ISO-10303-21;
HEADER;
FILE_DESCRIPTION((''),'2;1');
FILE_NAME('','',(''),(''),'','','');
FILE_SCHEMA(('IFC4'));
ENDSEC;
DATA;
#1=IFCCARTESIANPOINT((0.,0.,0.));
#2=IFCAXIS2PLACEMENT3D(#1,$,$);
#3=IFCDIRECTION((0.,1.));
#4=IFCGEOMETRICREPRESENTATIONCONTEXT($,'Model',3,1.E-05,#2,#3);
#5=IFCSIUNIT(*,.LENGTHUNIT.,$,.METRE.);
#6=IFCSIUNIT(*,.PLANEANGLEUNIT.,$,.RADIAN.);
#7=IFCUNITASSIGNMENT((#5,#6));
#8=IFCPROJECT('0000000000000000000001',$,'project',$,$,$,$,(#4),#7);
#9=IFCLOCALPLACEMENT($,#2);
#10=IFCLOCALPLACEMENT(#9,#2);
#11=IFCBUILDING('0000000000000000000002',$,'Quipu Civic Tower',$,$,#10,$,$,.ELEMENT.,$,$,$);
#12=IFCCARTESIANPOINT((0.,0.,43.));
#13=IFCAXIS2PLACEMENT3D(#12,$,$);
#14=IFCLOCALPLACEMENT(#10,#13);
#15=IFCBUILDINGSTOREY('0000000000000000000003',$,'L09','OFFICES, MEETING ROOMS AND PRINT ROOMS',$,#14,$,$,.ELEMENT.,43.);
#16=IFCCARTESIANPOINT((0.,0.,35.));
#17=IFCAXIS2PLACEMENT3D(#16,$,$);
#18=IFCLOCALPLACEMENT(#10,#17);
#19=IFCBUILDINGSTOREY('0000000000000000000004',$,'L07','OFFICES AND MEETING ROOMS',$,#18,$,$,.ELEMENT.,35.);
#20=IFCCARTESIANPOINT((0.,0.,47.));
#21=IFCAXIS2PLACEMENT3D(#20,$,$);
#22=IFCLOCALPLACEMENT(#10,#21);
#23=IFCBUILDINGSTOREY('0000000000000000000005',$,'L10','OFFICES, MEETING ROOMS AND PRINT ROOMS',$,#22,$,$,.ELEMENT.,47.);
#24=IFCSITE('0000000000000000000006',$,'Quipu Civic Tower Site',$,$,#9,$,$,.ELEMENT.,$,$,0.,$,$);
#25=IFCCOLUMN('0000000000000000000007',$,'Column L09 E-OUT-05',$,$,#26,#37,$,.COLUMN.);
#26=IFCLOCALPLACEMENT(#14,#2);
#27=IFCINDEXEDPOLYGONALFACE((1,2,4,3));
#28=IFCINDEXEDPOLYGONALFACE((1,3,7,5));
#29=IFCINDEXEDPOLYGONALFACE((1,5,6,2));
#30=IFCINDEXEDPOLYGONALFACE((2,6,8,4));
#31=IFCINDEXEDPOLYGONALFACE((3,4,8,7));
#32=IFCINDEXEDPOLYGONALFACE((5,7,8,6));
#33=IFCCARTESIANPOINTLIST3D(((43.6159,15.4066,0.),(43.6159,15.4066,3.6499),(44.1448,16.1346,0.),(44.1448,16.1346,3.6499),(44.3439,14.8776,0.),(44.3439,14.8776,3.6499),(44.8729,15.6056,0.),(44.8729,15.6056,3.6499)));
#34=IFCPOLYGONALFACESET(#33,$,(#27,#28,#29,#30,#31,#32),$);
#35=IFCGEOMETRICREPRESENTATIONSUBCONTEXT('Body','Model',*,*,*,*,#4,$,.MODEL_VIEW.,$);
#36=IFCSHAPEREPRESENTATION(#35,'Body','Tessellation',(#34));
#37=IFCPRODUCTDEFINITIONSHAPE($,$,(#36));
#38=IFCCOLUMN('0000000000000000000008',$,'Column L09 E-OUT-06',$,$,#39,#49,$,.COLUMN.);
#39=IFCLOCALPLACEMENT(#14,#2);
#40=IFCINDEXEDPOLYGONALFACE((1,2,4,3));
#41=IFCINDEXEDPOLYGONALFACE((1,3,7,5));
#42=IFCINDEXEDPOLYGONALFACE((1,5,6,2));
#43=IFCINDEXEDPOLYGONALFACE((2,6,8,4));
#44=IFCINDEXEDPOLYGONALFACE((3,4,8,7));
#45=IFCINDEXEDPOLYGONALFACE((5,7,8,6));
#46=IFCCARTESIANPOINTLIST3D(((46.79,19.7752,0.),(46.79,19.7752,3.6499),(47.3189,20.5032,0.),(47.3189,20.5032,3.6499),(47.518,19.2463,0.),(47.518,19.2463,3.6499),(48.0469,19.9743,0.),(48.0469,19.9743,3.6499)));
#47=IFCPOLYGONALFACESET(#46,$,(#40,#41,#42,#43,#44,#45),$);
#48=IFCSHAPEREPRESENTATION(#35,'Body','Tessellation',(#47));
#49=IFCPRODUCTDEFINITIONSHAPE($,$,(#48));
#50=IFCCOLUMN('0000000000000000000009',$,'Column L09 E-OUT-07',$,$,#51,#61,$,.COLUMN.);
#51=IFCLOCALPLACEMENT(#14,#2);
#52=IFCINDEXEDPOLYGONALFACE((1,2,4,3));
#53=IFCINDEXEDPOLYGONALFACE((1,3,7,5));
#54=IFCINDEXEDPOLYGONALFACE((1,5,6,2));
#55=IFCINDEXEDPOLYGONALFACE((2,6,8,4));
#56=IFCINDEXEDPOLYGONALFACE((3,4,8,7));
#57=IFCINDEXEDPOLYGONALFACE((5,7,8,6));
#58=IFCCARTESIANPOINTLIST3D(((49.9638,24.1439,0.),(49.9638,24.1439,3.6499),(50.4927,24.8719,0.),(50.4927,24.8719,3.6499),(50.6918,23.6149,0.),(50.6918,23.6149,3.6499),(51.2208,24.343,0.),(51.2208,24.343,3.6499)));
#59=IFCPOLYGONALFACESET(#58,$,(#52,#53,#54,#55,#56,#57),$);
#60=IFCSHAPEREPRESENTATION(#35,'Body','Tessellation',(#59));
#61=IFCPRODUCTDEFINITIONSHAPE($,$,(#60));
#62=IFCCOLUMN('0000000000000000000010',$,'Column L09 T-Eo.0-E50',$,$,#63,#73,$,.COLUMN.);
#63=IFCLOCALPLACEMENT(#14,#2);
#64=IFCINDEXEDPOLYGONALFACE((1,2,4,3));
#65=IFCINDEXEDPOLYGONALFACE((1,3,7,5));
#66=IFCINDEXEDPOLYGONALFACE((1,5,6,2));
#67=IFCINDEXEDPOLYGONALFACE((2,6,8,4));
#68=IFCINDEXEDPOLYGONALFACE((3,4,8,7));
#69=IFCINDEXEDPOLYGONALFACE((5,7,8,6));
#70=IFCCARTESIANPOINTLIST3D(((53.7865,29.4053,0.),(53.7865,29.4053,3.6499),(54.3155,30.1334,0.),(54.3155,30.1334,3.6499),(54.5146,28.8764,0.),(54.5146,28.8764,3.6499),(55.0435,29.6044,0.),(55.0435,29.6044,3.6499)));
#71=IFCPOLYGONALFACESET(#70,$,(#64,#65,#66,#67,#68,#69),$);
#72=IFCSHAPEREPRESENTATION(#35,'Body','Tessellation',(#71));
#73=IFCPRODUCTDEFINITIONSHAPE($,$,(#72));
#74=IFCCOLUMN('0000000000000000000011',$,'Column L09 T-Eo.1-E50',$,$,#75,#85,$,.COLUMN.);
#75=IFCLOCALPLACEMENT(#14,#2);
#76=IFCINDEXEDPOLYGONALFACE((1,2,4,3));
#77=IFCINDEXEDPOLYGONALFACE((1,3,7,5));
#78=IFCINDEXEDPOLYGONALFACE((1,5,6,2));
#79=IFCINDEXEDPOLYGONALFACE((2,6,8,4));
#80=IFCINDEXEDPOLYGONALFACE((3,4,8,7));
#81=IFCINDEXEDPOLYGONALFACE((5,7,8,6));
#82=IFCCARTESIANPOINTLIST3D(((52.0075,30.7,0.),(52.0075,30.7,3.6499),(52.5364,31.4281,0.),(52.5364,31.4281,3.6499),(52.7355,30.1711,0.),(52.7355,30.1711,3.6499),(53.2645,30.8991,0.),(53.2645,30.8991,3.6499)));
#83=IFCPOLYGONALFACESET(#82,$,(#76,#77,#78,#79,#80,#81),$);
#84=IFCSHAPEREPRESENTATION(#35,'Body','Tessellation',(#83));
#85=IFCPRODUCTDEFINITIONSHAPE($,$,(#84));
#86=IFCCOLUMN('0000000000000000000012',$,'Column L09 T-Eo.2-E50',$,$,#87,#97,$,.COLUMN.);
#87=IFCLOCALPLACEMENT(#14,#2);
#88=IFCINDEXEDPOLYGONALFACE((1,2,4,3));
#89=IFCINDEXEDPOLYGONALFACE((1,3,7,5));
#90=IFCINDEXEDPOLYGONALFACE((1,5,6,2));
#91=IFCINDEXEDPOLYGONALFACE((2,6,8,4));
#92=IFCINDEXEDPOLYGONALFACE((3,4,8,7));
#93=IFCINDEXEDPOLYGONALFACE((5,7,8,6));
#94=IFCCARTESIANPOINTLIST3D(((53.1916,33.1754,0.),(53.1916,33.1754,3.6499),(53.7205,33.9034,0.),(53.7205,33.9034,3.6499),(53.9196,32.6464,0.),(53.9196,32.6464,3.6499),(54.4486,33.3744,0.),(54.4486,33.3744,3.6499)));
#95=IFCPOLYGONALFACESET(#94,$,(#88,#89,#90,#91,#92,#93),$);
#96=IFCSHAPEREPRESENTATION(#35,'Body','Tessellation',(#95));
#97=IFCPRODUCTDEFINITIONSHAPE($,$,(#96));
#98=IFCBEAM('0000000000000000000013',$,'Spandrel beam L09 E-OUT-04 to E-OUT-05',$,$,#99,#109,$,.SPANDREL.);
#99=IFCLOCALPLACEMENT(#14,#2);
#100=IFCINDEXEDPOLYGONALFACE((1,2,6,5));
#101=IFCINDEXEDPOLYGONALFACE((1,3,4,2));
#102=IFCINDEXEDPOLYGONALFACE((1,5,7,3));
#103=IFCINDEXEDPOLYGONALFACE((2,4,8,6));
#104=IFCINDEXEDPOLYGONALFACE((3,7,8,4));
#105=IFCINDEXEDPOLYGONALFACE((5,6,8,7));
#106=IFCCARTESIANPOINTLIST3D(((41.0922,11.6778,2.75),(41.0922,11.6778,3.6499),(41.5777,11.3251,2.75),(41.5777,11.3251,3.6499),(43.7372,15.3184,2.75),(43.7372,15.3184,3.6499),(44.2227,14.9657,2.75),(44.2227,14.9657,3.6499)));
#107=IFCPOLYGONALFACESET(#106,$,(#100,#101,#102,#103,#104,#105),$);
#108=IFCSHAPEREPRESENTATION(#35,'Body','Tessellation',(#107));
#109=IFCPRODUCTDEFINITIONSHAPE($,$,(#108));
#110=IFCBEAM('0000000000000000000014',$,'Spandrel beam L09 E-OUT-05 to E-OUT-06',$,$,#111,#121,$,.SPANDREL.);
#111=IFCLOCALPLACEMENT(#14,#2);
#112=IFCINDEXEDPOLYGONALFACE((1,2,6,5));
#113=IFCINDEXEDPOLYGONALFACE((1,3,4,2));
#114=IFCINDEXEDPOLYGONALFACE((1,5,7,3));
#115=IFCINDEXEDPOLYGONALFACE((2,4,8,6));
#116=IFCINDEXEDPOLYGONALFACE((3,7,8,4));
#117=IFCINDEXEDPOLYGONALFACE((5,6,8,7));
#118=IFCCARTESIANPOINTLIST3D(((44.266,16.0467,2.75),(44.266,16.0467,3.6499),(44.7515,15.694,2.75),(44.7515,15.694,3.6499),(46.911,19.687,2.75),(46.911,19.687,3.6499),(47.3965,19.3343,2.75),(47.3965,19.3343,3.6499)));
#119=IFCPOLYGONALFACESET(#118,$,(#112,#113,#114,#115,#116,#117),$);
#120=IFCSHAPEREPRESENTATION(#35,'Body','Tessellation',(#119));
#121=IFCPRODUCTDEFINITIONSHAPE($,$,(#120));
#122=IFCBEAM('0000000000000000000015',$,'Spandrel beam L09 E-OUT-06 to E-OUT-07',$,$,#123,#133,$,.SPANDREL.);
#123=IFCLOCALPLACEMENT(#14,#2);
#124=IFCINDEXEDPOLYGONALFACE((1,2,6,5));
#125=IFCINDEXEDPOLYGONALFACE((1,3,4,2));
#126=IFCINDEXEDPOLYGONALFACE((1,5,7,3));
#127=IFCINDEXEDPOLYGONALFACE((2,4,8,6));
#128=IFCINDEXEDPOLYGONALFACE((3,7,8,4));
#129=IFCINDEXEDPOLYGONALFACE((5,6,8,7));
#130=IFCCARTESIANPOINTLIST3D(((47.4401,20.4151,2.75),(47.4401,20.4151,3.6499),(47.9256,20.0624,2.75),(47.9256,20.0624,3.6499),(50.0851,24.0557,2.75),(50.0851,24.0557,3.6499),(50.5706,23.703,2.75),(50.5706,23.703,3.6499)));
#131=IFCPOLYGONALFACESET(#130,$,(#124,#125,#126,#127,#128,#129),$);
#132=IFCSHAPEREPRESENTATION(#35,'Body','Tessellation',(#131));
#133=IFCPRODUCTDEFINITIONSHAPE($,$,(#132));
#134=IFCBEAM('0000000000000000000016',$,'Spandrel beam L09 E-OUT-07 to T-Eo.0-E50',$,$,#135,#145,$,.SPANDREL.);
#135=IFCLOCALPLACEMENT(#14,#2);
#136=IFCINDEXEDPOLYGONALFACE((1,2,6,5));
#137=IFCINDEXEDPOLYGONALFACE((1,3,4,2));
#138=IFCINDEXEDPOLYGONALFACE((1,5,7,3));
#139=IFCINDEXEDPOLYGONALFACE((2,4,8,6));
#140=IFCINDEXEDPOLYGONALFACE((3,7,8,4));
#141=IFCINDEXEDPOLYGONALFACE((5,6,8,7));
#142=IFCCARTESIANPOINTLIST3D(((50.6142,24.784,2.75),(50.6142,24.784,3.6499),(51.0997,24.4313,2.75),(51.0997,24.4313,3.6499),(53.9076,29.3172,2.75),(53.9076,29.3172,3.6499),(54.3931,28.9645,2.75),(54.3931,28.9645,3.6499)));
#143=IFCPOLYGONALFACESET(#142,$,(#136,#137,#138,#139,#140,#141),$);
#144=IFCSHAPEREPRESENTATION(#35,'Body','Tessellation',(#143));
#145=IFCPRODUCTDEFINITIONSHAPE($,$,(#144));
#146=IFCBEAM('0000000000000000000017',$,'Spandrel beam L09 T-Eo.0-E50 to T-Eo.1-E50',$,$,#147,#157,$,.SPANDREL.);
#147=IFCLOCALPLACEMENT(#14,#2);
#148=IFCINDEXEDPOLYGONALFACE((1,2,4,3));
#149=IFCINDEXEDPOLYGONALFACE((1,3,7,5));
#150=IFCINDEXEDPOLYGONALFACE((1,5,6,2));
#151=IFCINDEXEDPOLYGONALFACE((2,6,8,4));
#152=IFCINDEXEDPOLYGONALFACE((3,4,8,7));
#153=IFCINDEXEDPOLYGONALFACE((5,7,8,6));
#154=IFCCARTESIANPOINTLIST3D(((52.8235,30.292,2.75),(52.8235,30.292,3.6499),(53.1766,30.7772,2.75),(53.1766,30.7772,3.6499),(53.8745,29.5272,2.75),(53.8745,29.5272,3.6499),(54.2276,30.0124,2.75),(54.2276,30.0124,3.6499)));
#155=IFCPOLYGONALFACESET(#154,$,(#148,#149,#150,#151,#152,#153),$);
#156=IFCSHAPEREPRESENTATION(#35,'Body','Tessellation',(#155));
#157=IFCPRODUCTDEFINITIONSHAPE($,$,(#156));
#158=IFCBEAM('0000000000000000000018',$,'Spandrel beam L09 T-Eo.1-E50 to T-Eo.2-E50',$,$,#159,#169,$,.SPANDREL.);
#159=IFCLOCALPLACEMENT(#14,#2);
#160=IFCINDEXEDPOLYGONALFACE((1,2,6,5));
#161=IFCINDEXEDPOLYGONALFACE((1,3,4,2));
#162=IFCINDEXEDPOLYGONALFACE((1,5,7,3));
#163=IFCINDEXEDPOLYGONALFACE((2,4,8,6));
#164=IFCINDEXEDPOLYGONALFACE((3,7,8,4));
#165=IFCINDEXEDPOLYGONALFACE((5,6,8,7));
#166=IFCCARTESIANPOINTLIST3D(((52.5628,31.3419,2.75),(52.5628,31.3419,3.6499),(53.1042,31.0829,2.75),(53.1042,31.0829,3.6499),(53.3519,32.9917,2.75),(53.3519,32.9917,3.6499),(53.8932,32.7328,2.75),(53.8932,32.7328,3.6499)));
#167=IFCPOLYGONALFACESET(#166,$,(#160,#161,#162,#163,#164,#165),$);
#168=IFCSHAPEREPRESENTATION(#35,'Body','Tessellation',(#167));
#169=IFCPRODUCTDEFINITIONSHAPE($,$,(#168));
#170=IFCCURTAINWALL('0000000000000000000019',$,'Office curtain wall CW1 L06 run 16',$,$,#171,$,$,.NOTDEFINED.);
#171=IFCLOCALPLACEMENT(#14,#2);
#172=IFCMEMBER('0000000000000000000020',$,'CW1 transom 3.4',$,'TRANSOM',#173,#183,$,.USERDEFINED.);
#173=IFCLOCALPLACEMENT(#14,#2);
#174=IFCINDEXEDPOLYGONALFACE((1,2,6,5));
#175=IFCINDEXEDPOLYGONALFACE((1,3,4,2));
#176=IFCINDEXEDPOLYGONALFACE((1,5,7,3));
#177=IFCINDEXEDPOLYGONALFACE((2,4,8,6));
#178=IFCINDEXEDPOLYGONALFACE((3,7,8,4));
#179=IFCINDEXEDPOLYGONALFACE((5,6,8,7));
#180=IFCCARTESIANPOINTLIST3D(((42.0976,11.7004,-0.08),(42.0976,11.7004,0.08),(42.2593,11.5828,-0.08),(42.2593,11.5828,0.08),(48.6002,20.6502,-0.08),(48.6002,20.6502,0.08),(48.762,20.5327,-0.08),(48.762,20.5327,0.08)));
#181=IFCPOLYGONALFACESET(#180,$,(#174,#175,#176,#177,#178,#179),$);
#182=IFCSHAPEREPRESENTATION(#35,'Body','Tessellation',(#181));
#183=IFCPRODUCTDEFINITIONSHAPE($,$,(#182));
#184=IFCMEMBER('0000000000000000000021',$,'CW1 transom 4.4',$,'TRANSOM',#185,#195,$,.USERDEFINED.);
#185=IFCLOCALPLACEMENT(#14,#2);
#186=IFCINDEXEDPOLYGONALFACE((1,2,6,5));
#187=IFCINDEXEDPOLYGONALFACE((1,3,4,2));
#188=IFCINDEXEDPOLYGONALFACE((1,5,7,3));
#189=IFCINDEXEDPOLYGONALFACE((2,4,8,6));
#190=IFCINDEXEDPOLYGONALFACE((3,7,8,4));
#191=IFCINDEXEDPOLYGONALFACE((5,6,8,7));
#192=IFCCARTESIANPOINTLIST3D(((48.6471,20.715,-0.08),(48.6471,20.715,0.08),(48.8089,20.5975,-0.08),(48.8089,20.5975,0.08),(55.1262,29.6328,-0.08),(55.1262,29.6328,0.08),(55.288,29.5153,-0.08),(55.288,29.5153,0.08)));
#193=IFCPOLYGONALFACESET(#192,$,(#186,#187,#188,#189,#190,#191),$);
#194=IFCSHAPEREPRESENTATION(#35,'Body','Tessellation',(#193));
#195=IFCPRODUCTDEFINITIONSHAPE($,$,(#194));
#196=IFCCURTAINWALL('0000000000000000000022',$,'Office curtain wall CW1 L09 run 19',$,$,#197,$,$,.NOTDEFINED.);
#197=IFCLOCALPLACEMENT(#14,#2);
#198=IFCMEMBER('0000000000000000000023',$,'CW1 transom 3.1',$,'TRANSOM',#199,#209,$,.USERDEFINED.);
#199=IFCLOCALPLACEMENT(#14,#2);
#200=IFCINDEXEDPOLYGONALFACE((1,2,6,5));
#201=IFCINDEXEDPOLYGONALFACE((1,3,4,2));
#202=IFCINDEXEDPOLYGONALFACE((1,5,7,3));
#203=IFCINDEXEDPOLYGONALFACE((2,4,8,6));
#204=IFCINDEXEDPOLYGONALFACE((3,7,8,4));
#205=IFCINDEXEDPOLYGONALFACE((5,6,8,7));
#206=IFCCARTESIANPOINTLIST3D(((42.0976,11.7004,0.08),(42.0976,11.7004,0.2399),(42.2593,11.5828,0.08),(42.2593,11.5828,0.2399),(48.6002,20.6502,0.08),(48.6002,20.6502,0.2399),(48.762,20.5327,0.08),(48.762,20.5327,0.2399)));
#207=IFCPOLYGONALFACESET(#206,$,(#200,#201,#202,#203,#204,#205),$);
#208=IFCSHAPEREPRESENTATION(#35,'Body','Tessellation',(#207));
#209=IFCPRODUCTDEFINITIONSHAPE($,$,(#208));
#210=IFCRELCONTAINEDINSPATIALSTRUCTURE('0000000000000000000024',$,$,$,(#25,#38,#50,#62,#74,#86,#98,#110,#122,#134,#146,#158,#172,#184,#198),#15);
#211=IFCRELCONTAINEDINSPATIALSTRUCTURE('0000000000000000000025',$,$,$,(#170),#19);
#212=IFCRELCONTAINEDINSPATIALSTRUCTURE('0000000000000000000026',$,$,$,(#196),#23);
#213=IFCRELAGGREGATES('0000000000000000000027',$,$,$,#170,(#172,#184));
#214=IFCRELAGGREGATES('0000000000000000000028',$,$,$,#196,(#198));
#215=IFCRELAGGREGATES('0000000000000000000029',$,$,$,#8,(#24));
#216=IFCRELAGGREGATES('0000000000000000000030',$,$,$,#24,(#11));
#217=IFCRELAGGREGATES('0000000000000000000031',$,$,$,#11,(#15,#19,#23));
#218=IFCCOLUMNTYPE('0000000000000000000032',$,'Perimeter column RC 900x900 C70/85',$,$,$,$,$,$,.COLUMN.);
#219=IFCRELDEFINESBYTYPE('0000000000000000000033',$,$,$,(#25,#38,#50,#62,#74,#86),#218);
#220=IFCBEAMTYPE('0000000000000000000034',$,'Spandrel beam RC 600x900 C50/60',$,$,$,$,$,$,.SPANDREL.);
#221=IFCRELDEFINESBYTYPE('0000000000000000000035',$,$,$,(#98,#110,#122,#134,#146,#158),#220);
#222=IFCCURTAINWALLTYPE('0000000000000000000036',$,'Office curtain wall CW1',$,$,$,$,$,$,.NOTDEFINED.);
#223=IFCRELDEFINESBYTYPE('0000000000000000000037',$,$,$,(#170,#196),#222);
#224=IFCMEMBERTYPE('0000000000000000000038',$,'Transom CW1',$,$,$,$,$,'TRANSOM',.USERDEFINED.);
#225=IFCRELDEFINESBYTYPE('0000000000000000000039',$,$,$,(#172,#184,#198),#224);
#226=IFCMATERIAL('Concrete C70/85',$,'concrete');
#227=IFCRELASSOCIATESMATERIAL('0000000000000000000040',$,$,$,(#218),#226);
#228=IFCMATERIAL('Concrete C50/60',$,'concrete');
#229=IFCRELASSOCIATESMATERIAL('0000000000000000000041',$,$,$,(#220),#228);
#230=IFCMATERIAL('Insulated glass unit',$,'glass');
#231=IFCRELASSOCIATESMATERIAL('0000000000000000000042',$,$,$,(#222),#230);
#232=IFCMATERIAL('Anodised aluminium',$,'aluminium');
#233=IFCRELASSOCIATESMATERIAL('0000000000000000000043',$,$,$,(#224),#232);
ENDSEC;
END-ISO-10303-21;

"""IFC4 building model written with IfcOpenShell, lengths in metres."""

from ifc_helpers import new_model, si_unit, direction, frame, origin, origin_2d, place, context, subcontext, project, spatial, rectangle, extrude, material, material_profile, profile_set, type_object, element, aggregate, save


model = new_model("IFC4")

# Units and contexts
model_context = context("Model", 3, precision=1e-05, world=origin(), true_north=direction((0.0, 1.0)))
body_context = subcontext(model_context, "Body", "Model", "MODEL_VIEW")
ifc_project = project(units=[si_unit("LENGTHUNIT", "METRE"), si_unit("PLANEANGLEUNIT", "RADIAN")], contexts=[model_context])

# Site, building, storey
site_placement = place(None, origin())
site = spatial("IfcSite", under=ifc_project, at=site_placement, Name="Quipu Civic Tower Site", CompositionType="ELEMENT", RefElevation=0.0)
building_placement = place(site_placement, origin())
building = spatial("IfcBuilding", under=site, at=building_placement, Name="Quipu Civic Tower", CompositionType="ELEMENT")
storey_1_placement = place(building_placement, frame((0.0, 0.0, 43.0)))
storey_1 = spatial("IfcBuildingStorey", under=building, at=storey_1_placement, Name="L09", Description="OFFICES, MEETING ROOMS AND PRINT ROOMS", CompositionType="ELEMENT", Elevation=43.0)

# Columns
ifc_material_1 = material(Name="Concrete C70/85", Category="concrete")
ifc_material_profile_1 = material_profile(ifc_material_1, rectangle(XDim=0.8999, YDim=0.8999, at=origin_2d()), Name="RC900x900")
ifc_profile_set_1 = profile_set([ifc_material_profile_1], Name="Concrete C70/85")
column_type = type_object("IfcColumnType", Name="Perimeter column RC 900x900 C70/85", PredefinedType="COLUMN", material=ifc_profile_set_1)
for number, where, z_axis, x_axis, name in (
    (1, (44.2444, 15.5061, 0.0), (0.0, 0.0, 1.0), (0.587785, 0.809017, 0.0), "Column L09 E-OUT-05"),
    (2, (47.4185, 19.8748, 0.0), (0.0, 0.0, 1.0), (0.587785, 0.809017, 0.0), "Column L09 E-OUT-06"),
    (3, (50.5923, 24.2434, 0.0), (0.0, 0.0, 1.0), (0.587785, 0.809017, 0.0), "Column L09 E-OUT-07"),
    (4, (54.415, 29.5049, 0.0), (0.0, 0.0, 1.0), (0.587785, 0.809017, 0.0), "Column L09 T-Eo.0-E50"),
    (5, (52.636, 30.7996, 0.0), (0.0, 0.0, 1.0), (-0.809017, 0.587785, 0.0), "Column L09 T-Eo.1-E50"),
    (6, (53.8201, 33.2749, 0.0), (0.0, 0.0, 1.0), (-0.809017, 0.587785, 0.0), "Column L09 T-Eo.2-E50"),
):
    element("IfcColumn", number, at=place(storey_1_placement, frame(where, z_axis=z_axis, x_axis=x_axis)), inside=storey_1, type_object=column_type, Name=name, PredefinedType="COLUMN", context=body_context, shape_type="SweptSolid", body=[
        extrude(rectangle(XDim=0.8999, YDim=0.8999, at=origin_2d()), origin(), (0.0, 0.0, 1.0), 3.6499),
    ])

# Beams
ifc_material_2 = material(Name="Concrete C50/60", Category="concrete")
ifc_material_profile_2 = material_profile(ifc_material_2, rectangle(XDim=0.6001, YDim=0.8999, at=origin_2d()), Name="RC600x900")
ifc_profile_set_2 = profile_set([ifc_material_profile_2], Name="Concrete C50/60")
beam_type = type_object("IfcBeamType", Name="Spandrel beam RC 600x900 C50/60", PredefinedType="SPANDREL", material=ifc_profile_set_2)
beam_1_placement = place(storey_1_placement, frame((41.335, 11.5015, 3.2), z_axis=(0.587778, 0.809022, 0.0), x_axis=(-0.809022, 0.587778, 0.0)))
element("IfcBeam", 7, at=beam_1_placement, inside=storey_1, type_object=beam_type, Name="Spandrel beam L09 E-OUT-04 to E-OUT-05", PredefinedType="SPANDREL", context=body_context, shape_type="SweptSolid", body=[
    extrude(rectangle(XDim=0.6001, YDim=0.8999, at=origin_2d()), origin(), (0.0, 0.0, 1.0), 4.5),
])
beam_2_placement = place(storey_1_placement, frame((44.5088, 15.8704, 3.2), z_axis=(0.587804, 0.809003, 0.0), x_axis=(-0.809003, 0.587804, 0.0)))
element("IfcBeam", 8, at=beam_2_placement, inside=storey_1, type_object=beam_type, Name="Spandrel beam L09 E-OUT-05 to E-OUT-06", PredefinedType="SPANDREL", context=body_context, shape_type="SweptSolid", body=[
    extrude(rectangle(XDim=0.6001, YDim=0.8999, at=origin_2d()), origin(), (0.0, 0.0, 1.0), 4.4998),
])
beam_3_placement = place(storey_1_placement, frame((47.6829, 20.2388, 3.2), z_axis=(0.587778, 0.809022, 0.0), x_axis=(-0.809022, 0.587778, 0.0)))
element("IfcBeam", 9, at=beam_3_placement, inside=storey_1, type_object=beam_type, Name="Spandrel beam L09 E-OUT-06 to E-OUT-07", PredefinedType="SPANDREL", context=body_context, shape_type="SweptSolid", body=[
    extrude(rectangle(XDim=0.6001, YDim=0.8999, at=origin_2d()), origin(), (0.0, 0.0, 1.0), 4.5),
])
beam_4_placement = place(storey_1_placement, frame((50.8569, 24.6077, 3.2), z_axis=(0.587773, 0.809026, 0.0), x_axis=(-0.809026, 0.587773, 0.0)))
element("IfcBeam", 10, at=beam_4_placement, inside=storey_1, type_object=beam_type, Name="Spandrel beam L09 E-OUT-07 to T-Eo.0-E50", PredefinedType="SPANDREL", context=body_context, shape_type="SweptSolid", body=[
    extrude(rectangle(XDim=0.6001, YDim=0.8999, at=origin_2d()), origin(), (0.0, 0.0, 1.0), 5.6033),
])
beam_5_placement = place(storey_1_placement, frame((54.051, 29.7698, 3.2), z_axis=(-0.808549, 0.588429, 0.0), x_axis=(-0.588429, -0.808549, 0.0)))
element("IfcBeam", 11, at=beam_5_placement, inside=storey_1, type_object=beam_type, Name="Spandrel beam L09 T-Eo.0-E50 to T-Eo.1-E50", PredefinedType="SPANDREL", context=body_context, shape_type="SweptSolid", body=[
    extrude(rectangle(XDim=0.6001, YDim=0.8999, at=origin_2d()), origin(), (0.0, 0.0, 1.0), 1.2998),
])
beam_6_placement = place(storey_1_placement, frame((52.8335, 31.2124, 3.2), z_axis=(0.431446, 0.902139, 0.0), x_axis=(-0.902139, 0.431446, 0.0)))
element("IfcBeam", 12, at=beam_6_placement, inside=storey_1, type_object=beam_type, Name="Spandrel beam L09 T-Eo.1-E50 to T-Eo.2-E50", PredefinedType="SPANDREL", context=body_context, shape_type="SweptSolid", body=[
    extrude(rectangle(XDim=0.6001, YDim=0.8999, at=origin_2d()), origin(), (0.0, 0.0, 1.0), 1.8289),
])

# Shared definitions
storey_2_placement = place(building_placement, frame((0.0, 0.0, 35.0)))
storey_2 = spatial("IfcBuildingStorey", under=building, at=storey_2_placement, Name="L07", Description="OFFICES AND MEETING ROOMS", CompositionType="ELEMENT", Elevation=35.0)

# Curtain wall, members
ifc_material_3 = material(Name="Insulated glass unit", Category="glass")
curtain_wall_type = type_object("IfcCurtainWallType", Name="Office curtain wall CW1", PredefinedType="NOTDEFINED", material=ifc_material_3)
curtain_wall_1_placement = place(storey_2_placement, origin())
curtain_wall_1 = element("IfcCurtainWall", 13, at=curtain_wall_1_placement, inside=storey_2, type_object=curtain_wall_type, Name="Office curtain wall CW1 L06 run 16", PredefinedType="NOTDEFINED")
ifc_material_4 = material(Name="Anodised aluminium", Category="aluminium")
ifc_material_profile_3 = material_profile(ifc_material_4, rectangle(XDim=0.2, YDim=0.1599, at=origin_2d()), Name="RECT 200x160")
ifc_profile_set_3 = profile_set([ifc_material_profile_3], Name="Anodised aluminium")
member_type = type_object("IfcMemberType", Name="Transom CW1", ElementType="TRANSOM", PredefinedType="USERDEFINED", material=ifc_profile_set_3)
member_1_placement = place(storey_1_placement, frame((42.1785, 11.6416, 0.0), z_axis=(0.587795, 0.80901, 0.0), x_axis=(-0.80901, 0.587795, 0.0)))
member_1 = element("IfcMember", 14, at=member_1_placement, inside=storey_1, type_object=member_type, Name="CW1 transom 3.4", ObjectType="TRANSOM", PredefinedType="USERDEFINED", context=body_context, shape_type="SweptSolid", body=[
    extrude(rectangle(XDim=0.2, YDim=0.1599, at=origin_2d()), origin(), (0.0, 0.0, 1.0), 11.0627),
])
member_2_placement = place(storey_1_placement, frame((48.728, 20.6562, 0.0), z_axis=(0.587779, 0.809021, 0.0), x_axis=(-0.809021, 0.587779, 0.0)))
member_2 = element("IfcMember", 15, at=member_2_placement, inside=storey_1, type_object=member_type, Name="CW1 transom 4.4", ObjectType="TRANSOM", PredefinedType="USERDEFINED", context=body_context, shape_type="SweptSolid", body=[
    extrude(rectangle(XDim=0.2, YDim=0.1599, at=origin_2d()), origin(), (0.0, 0.0, 1.0), 11.0229),
])
aggregate(curtain_wall_1, [member_1, member_2])

# Shared definitions
storey_3_placement = place(building_placement, frame((0.0, 0.0, 47.0)))
storey_3 = spatial("IfcBuildingStorey", under=building, at=storey_3_placement, Name="L10", Description="OFFICES, MEETING ROOMS AND PRINT ROOMS", CompositionType="ELEMENT", Elevation=47.0)

# Curtain wall, member
curtain_wall_2_placement = place(storey_3_placement, origin())
curtain_wall_2 = element("IfcCurtainWall", 16, at=curtain_wall_2_placement, inside=storey_3, type_object=curtain_wall_type, Name="Office curtain wall CW1 L09 run 19", PredefinedType="NOTDEFINED")
member_3_placement = place(storey_1_placement, frame((42.1785, 11.6416, 0.1599), z_axis=(0.587795, 0.80901, 0.0), x_axis=(-0.80901, 0.587795, 0.0)))
member_3 = element("IfcMember", 17, at=member_3_placement, inside=storey_1, type_object=member_type, Name="CW1 transom 3.1", ObjectType="TRANSOM", PredefinedType="USERDEFINED", context=body_context, shape_type="SweptSolid", body=[
    extrude(rectangle(XDim=0.2, YDim=0.1599, at=origin_2d()), origin(), (0.0, 0.0, 1.0), 11.0627),
])
aggregate(curtain_wall_2, [member_3])

save(model, "model.ifc")
